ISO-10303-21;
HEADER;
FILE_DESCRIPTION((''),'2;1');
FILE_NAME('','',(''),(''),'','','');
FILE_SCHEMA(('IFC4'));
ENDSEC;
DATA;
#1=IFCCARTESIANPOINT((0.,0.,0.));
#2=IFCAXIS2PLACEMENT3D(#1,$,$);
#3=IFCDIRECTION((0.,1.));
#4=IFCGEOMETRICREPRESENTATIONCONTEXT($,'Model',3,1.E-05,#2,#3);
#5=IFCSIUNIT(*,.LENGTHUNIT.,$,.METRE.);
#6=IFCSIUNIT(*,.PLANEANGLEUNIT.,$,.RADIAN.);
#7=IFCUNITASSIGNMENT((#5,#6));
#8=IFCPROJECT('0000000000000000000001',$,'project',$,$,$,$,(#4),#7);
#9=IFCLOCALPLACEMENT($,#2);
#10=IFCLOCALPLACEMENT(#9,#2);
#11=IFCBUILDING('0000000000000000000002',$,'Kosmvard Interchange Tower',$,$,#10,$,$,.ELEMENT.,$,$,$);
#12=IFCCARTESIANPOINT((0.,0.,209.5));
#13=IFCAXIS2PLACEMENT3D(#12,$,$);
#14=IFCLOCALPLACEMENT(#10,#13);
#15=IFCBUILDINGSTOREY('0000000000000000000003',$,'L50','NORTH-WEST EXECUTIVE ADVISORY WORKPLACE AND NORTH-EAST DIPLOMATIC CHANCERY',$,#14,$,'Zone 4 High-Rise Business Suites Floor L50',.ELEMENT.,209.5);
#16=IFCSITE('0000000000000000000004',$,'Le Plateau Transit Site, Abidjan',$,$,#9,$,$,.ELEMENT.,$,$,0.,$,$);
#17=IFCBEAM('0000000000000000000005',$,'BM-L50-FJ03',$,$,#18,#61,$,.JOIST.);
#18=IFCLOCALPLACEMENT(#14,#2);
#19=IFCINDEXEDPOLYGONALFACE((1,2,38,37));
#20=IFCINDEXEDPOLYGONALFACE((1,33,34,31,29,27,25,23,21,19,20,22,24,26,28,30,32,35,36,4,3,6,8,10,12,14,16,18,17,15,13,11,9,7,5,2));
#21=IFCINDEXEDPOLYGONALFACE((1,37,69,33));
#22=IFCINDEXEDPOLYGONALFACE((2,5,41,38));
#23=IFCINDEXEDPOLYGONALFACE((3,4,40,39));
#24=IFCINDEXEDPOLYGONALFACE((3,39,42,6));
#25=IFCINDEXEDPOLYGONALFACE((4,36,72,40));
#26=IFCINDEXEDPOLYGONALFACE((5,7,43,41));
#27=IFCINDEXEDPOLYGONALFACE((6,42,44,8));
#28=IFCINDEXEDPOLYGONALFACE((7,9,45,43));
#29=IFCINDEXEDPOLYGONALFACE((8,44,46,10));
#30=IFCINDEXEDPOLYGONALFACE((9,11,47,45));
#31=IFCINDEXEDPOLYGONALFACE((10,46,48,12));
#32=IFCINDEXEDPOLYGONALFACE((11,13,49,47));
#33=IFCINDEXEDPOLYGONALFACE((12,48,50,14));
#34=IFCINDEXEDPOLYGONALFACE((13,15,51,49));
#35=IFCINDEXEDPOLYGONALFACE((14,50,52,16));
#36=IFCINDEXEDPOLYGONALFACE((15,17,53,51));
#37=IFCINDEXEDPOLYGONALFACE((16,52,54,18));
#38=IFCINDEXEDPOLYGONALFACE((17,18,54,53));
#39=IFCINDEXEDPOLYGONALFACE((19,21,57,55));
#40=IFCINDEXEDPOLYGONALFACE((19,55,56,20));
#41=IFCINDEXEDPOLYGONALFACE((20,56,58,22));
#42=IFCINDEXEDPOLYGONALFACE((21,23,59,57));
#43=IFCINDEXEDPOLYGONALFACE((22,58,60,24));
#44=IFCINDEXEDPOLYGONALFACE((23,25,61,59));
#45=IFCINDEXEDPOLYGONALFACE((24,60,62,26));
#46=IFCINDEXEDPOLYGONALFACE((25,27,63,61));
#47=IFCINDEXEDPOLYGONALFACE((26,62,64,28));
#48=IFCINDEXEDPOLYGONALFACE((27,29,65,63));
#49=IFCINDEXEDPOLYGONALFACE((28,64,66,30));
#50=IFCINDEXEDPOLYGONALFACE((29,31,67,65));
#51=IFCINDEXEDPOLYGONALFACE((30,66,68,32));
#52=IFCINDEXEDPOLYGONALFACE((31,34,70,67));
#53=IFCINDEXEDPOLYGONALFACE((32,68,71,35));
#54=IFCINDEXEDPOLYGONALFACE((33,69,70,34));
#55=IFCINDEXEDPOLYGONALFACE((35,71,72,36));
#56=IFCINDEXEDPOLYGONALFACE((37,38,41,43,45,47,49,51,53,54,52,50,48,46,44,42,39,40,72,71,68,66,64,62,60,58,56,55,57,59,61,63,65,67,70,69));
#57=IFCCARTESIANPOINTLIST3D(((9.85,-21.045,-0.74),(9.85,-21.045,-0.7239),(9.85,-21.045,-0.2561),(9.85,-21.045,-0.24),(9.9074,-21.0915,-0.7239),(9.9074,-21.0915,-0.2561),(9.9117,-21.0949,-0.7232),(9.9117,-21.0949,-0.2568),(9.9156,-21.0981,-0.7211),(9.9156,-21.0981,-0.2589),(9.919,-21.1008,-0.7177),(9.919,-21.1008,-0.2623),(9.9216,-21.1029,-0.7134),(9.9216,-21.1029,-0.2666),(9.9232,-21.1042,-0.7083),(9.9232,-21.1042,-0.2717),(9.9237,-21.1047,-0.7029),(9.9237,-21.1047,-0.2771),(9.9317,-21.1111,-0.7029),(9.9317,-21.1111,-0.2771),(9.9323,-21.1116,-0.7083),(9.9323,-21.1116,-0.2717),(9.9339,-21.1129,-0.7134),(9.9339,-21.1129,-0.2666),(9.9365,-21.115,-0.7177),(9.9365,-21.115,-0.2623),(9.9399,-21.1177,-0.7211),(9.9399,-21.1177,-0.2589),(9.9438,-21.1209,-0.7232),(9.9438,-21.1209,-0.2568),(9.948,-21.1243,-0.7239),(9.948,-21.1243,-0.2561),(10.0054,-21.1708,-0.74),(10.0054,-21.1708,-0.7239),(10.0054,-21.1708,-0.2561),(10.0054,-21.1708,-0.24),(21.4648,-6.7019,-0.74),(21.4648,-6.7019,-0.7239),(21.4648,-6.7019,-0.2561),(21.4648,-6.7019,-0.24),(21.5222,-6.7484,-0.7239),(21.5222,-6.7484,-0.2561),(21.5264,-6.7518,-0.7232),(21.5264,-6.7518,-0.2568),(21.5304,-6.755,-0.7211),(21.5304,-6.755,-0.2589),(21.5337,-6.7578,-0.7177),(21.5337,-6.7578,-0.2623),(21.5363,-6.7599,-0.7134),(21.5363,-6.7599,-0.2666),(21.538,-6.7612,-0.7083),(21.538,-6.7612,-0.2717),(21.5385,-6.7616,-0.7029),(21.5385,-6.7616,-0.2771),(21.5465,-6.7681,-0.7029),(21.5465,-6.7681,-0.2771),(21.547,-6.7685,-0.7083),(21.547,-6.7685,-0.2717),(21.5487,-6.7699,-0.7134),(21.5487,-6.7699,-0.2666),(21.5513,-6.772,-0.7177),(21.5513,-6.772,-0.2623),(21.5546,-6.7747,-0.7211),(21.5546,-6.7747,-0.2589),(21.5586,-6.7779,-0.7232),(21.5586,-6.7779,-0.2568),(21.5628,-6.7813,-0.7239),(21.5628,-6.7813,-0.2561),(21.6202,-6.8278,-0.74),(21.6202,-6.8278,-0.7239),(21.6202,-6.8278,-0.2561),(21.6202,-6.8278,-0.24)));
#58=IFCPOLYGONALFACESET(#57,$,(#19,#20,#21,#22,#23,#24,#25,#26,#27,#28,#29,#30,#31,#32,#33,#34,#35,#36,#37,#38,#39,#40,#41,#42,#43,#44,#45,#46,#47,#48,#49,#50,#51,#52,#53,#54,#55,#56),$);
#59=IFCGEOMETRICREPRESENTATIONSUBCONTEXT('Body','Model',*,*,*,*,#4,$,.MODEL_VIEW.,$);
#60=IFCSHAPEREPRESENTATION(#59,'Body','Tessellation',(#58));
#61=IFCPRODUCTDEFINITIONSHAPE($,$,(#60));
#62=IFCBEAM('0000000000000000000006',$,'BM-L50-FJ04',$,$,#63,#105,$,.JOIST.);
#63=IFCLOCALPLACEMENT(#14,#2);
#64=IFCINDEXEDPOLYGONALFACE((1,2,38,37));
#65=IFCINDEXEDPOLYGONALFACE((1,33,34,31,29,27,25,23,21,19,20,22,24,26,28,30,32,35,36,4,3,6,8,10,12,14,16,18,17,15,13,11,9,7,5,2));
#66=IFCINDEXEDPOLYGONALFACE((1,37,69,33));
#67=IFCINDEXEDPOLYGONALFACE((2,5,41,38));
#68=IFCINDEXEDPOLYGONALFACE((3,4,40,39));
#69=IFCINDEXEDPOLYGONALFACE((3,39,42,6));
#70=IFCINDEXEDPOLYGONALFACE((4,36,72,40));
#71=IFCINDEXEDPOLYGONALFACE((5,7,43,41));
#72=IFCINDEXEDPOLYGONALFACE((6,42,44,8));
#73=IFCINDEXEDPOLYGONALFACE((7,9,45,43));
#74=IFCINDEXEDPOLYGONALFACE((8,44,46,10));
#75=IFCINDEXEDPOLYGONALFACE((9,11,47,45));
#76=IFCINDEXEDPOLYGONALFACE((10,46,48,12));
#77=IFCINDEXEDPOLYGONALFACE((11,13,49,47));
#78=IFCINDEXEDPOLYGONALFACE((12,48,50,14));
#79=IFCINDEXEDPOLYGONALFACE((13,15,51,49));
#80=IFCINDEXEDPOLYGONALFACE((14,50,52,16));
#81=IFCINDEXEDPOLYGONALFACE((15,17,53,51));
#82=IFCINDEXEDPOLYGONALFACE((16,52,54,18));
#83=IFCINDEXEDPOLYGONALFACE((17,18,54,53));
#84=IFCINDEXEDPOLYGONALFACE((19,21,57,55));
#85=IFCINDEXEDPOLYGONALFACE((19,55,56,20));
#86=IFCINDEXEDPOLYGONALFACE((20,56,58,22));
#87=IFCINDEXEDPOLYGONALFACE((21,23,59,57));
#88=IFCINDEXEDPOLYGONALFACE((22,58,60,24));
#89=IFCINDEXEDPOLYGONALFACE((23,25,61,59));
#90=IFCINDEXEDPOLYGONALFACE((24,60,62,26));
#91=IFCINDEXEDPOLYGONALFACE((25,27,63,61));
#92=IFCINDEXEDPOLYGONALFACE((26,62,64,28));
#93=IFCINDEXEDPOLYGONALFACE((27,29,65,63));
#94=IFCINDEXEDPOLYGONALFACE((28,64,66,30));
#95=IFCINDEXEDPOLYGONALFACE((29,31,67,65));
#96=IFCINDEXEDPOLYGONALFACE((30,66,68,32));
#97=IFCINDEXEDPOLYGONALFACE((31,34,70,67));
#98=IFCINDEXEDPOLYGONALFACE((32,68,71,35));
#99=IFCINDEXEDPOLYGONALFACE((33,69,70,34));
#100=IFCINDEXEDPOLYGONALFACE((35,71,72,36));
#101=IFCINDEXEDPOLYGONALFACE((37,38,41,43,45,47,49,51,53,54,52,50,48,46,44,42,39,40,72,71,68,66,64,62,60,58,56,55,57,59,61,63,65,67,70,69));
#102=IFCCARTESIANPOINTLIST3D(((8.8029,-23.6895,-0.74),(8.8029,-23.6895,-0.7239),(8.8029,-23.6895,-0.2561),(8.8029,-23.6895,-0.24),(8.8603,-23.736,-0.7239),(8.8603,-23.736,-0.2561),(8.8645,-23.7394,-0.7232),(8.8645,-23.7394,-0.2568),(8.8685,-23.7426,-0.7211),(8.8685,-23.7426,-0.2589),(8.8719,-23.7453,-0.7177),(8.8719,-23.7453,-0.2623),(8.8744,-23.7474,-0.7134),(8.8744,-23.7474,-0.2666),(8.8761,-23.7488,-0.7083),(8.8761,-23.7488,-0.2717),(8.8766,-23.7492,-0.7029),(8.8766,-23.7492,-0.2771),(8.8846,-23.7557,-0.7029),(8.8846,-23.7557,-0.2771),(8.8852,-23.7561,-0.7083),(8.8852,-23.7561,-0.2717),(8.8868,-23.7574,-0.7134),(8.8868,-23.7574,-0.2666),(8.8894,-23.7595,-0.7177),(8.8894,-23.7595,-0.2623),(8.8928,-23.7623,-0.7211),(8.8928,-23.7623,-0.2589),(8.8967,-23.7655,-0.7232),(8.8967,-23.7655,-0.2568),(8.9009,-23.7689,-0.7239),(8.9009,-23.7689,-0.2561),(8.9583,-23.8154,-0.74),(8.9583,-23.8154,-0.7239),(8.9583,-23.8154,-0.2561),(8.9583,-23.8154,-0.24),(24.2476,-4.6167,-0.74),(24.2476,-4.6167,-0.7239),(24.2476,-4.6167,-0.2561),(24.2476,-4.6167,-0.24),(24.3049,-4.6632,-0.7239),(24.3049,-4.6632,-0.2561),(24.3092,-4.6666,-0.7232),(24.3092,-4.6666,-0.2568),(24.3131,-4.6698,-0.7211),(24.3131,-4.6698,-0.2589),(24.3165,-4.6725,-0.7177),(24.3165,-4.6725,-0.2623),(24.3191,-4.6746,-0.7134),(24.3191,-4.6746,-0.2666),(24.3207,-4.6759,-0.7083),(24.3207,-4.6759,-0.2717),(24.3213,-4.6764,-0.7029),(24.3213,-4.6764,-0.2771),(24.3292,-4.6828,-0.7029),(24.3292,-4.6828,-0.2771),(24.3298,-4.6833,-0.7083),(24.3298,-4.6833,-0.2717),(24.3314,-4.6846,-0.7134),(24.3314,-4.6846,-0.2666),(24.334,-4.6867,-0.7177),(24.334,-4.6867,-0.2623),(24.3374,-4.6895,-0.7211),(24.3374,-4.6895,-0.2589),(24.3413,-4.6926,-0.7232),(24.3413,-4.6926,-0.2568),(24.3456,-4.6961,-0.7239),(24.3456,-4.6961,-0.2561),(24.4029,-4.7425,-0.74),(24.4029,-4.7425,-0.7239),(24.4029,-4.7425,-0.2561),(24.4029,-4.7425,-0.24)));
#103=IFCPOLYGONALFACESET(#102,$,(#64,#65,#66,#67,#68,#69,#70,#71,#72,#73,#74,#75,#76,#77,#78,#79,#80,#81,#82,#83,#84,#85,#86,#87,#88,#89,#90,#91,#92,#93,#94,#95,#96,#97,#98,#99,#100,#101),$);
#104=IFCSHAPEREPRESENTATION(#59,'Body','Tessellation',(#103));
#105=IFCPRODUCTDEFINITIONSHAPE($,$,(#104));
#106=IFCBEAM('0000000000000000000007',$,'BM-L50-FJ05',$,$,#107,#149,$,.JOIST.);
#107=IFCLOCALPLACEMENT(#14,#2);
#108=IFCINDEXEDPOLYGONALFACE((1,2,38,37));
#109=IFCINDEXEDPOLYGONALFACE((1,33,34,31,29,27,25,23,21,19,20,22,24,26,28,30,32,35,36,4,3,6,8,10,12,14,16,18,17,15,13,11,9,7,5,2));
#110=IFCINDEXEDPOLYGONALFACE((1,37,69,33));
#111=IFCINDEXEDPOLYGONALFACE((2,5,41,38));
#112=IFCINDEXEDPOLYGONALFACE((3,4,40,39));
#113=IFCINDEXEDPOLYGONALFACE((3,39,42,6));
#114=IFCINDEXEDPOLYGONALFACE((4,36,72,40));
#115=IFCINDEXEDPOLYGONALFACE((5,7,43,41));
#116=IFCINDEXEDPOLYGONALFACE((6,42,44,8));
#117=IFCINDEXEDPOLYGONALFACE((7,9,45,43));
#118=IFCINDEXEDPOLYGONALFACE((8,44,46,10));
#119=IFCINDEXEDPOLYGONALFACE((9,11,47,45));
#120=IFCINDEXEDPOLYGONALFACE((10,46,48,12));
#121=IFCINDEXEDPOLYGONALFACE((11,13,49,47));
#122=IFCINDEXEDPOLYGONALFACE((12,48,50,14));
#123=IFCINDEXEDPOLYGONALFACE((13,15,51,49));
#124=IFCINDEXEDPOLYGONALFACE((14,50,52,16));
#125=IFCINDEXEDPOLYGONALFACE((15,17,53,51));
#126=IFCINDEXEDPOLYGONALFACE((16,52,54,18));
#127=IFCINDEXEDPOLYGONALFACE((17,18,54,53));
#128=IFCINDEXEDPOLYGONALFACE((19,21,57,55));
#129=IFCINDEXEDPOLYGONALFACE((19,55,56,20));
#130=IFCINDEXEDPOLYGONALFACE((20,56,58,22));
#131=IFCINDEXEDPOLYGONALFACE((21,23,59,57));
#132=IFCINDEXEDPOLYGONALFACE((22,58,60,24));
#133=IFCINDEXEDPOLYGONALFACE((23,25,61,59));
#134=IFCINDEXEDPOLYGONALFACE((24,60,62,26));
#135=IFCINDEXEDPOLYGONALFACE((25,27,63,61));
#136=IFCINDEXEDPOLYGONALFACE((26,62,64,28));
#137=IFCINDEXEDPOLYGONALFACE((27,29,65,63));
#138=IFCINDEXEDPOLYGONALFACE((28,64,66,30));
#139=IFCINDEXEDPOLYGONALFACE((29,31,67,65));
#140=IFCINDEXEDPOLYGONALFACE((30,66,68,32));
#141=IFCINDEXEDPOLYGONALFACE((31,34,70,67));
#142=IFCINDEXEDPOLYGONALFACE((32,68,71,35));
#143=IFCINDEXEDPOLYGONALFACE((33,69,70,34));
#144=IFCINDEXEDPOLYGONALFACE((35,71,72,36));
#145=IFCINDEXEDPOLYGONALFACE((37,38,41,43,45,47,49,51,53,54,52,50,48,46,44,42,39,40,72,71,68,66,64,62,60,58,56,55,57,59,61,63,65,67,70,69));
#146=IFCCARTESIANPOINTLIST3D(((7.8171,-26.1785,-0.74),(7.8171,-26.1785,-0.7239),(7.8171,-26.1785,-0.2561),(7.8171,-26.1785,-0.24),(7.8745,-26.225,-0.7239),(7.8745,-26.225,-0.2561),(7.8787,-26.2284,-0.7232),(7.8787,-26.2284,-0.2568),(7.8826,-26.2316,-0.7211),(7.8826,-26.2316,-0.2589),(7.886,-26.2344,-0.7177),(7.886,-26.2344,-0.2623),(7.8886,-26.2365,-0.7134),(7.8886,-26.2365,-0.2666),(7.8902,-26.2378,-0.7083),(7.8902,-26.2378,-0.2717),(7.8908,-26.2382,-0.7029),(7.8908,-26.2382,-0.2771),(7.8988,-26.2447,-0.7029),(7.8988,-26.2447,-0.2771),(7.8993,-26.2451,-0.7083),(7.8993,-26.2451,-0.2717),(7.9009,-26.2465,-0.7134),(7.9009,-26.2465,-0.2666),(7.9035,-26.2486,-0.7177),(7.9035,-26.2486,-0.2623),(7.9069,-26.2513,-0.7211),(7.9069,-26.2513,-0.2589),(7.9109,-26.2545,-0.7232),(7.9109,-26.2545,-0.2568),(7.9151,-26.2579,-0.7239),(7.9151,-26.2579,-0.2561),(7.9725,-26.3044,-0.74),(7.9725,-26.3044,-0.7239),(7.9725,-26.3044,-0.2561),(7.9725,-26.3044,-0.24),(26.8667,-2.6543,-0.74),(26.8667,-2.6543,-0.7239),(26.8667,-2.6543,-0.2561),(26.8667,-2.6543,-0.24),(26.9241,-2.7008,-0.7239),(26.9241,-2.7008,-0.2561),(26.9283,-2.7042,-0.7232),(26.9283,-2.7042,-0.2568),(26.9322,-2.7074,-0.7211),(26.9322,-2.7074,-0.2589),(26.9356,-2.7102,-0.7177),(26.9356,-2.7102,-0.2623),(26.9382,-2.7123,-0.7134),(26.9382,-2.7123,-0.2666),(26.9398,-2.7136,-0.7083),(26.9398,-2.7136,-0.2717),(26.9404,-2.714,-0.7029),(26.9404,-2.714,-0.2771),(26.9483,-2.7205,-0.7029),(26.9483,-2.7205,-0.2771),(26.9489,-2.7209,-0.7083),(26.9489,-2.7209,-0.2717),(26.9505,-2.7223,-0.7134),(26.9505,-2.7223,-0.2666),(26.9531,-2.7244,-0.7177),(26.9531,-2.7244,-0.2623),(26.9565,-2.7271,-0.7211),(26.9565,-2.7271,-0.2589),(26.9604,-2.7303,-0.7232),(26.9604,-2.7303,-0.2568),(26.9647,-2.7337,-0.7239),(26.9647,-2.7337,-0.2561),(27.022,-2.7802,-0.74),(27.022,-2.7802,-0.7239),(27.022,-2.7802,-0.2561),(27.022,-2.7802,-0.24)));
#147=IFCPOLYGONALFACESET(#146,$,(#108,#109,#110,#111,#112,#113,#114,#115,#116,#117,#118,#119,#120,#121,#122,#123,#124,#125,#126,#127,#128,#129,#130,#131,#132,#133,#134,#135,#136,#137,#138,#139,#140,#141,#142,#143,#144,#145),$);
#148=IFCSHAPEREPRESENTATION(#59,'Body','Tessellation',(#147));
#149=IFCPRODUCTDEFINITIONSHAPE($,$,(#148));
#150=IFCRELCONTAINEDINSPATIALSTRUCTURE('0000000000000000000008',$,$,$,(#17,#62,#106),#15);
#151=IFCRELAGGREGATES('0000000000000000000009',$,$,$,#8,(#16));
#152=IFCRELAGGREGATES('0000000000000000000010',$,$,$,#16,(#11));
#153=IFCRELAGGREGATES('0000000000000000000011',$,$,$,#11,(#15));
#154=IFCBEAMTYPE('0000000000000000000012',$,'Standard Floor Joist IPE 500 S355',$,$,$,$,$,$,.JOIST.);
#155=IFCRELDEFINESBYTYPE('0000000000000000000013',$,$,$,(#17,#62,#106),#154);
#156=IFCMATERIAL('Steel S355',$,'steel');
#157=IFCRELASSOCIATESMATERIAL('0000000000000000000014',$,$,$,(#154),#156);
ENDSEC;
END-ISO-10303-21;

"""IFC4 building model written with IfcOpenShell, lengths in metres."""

from ifc_helpers import new_model, si_unit, direction, frame, origin, origin_2d, place, context, subcontext, project, spatial, i_section, extrude, source, transform, mapped, material, material_profile, profile_set, type_object, element, save


model = new_model("IFC4")

# Units and contexts
model_context = context("Model", 3, precision=1e-05, world=origin(), true_north=direction((0.0, 1.0)))
body_context = subcontext(model_context, "Body", "Model", "MODEL_VIEW")
ifc_project = project(units=[si_unit("LENGTHUNIT", "METRE"), si_unit("PLANEANGLEUNIT", "RADIAN")], contexts=[model_context])

# Site, building, storey
site_placement = place(None, origin())
site = spatial("IfcSite", under=ifc_project, at=site_placement, Name="Le Plateau Transit Site, Abidjan", CompositionType="ELEMENT", RefElevation=0.0)
building_placement = place(site_placement, origin())
building = spatial("IfcBuilding", under=site, at=building_placement, Name="Kosmvard Interchange Tower", CompositionType="ELEMENT")
storey_placement = place(building_placement, frame((0.0, 0.0, 209.5)))
storey = spatial("IfcBuildingStorey", under=building, at=storey_placement, Name="L50", Description="NORTH-WEST EXECUTIVE ADVISORY WORKPLACE AND NORTH-EAST DIPLOMATIC CHANCERY", LongName="Zone 4 High-Rise Business Suites Floor L50", CompositionType="ELEMENT", Elevation=209.5)

# Beams
ifc_material_1 = material(Name="Steel S355", Category="steel")
ifc_material_profile_1 = material_profile(ifc_material_1, i_section(OverallWidth=0.2, OverallDepth=0.5, WebThickness=0.0103, FlangeThickness=0.0161, FilletRadius=0.021, at=origin_2d()), Name="IPE 500")
ifc_profile_set_1 = profile_set([ifc_material_profile_1], Name="Steel S355")
beam_type_1 = type_object("IfcBeamType", Name="Standard Floor Joist IPE 500 S355", PredefinedType="JOIST", material=ifc_profile_set_1)
shared_shape_1 = source(origin(), body_context, "Body", "SweptSolid", [
    extrude(i_section(OverallWidth=0.2, OverallDepth=0.5, WebThickness=0.0103, FlangeThickness=0.0161, FilletRadius=0.021, at=origin_2d()), origin(), (0.0, 0.0, 1.0), 18.4561),
])
beam_1_placement = place(storey_placement, frame((9.9277, -21.1079, -0.49), z_axis=(0.62932, 0.777146, 0.0), x_axis=(-0.777146, 0.62932, 0.0)))
element("IfcBeam", 1, at=beam_1_placement, inside=storey, type_object=beam_type_1, Name="BM-L50-FJ03", PredefinedType="JOIST", context=body_context, shape_type="MappedRepresentation", body=[
    mapped(shared_shape_1, transform((0.0, 0.0, 0.0), scale=1.0)),
])
shared_shape_2 = source(origin(), body_context, "Body", "SweptSolid", [
    extrude(i_section(OverallWidth=0.2, OverallDepth=0.5, WebThickness=0.0103, FlangeThickness=0.0161, FilletRadius=0.021, at=origin_2d()), origin(), (0.0, 0.0, 1.0), 24.542),
])
beam_2_placement = place(storey_placement, frame((8.8806, -23.7524, -0.49), z_axis=(0.629315, 0.777151, 0.0), x_axis=(-0.777151, 0.629315, 0.0)))
element("IfcBeam", 2, at=beam_2_placement, inside=storey, type_object=beam_type_1, Name="BM-L50-FJ04", PredefinedType="JOIST", context=body_context, shape_type="MappedRepresentation", body=[
    mapped(shared_shape_2, transform((0.0, 0.0, 0.0), scale=1.0)),
])
shared_shape_3 = source(origin(), body_context, "Body", "SweptSolid", [
    extrude(i_section(OverallWidth=0.2, OverallDepth=0.5, WebThickness=0.0103, FlangeThickness=0.0161, FilletRadius=0.021, at=origin_2d()), origin(), (0.0, 0.0, 1.0), 30.27),
])
beam_3_placement = place(storey_placement, frame((7.8948, -26.2415, -0.49), z_axis=(0.629322, 0.777145, 0.0), x_axis=(-0.777145, 0.629322, 0.0)))
element("IfcBeam", 3, at=beam_3_placement, inside=storey, type_object=beam_type_1, Name="BM-L50-FJ05", PredefinedType="JOIST", context=body_context, shape_type="MappedRepresentation", body=[
    mapped(shared_shape_3, transform((0.0, 0.0, 0.0), scale=1.0)),
])

save(model, "model.ifc")
